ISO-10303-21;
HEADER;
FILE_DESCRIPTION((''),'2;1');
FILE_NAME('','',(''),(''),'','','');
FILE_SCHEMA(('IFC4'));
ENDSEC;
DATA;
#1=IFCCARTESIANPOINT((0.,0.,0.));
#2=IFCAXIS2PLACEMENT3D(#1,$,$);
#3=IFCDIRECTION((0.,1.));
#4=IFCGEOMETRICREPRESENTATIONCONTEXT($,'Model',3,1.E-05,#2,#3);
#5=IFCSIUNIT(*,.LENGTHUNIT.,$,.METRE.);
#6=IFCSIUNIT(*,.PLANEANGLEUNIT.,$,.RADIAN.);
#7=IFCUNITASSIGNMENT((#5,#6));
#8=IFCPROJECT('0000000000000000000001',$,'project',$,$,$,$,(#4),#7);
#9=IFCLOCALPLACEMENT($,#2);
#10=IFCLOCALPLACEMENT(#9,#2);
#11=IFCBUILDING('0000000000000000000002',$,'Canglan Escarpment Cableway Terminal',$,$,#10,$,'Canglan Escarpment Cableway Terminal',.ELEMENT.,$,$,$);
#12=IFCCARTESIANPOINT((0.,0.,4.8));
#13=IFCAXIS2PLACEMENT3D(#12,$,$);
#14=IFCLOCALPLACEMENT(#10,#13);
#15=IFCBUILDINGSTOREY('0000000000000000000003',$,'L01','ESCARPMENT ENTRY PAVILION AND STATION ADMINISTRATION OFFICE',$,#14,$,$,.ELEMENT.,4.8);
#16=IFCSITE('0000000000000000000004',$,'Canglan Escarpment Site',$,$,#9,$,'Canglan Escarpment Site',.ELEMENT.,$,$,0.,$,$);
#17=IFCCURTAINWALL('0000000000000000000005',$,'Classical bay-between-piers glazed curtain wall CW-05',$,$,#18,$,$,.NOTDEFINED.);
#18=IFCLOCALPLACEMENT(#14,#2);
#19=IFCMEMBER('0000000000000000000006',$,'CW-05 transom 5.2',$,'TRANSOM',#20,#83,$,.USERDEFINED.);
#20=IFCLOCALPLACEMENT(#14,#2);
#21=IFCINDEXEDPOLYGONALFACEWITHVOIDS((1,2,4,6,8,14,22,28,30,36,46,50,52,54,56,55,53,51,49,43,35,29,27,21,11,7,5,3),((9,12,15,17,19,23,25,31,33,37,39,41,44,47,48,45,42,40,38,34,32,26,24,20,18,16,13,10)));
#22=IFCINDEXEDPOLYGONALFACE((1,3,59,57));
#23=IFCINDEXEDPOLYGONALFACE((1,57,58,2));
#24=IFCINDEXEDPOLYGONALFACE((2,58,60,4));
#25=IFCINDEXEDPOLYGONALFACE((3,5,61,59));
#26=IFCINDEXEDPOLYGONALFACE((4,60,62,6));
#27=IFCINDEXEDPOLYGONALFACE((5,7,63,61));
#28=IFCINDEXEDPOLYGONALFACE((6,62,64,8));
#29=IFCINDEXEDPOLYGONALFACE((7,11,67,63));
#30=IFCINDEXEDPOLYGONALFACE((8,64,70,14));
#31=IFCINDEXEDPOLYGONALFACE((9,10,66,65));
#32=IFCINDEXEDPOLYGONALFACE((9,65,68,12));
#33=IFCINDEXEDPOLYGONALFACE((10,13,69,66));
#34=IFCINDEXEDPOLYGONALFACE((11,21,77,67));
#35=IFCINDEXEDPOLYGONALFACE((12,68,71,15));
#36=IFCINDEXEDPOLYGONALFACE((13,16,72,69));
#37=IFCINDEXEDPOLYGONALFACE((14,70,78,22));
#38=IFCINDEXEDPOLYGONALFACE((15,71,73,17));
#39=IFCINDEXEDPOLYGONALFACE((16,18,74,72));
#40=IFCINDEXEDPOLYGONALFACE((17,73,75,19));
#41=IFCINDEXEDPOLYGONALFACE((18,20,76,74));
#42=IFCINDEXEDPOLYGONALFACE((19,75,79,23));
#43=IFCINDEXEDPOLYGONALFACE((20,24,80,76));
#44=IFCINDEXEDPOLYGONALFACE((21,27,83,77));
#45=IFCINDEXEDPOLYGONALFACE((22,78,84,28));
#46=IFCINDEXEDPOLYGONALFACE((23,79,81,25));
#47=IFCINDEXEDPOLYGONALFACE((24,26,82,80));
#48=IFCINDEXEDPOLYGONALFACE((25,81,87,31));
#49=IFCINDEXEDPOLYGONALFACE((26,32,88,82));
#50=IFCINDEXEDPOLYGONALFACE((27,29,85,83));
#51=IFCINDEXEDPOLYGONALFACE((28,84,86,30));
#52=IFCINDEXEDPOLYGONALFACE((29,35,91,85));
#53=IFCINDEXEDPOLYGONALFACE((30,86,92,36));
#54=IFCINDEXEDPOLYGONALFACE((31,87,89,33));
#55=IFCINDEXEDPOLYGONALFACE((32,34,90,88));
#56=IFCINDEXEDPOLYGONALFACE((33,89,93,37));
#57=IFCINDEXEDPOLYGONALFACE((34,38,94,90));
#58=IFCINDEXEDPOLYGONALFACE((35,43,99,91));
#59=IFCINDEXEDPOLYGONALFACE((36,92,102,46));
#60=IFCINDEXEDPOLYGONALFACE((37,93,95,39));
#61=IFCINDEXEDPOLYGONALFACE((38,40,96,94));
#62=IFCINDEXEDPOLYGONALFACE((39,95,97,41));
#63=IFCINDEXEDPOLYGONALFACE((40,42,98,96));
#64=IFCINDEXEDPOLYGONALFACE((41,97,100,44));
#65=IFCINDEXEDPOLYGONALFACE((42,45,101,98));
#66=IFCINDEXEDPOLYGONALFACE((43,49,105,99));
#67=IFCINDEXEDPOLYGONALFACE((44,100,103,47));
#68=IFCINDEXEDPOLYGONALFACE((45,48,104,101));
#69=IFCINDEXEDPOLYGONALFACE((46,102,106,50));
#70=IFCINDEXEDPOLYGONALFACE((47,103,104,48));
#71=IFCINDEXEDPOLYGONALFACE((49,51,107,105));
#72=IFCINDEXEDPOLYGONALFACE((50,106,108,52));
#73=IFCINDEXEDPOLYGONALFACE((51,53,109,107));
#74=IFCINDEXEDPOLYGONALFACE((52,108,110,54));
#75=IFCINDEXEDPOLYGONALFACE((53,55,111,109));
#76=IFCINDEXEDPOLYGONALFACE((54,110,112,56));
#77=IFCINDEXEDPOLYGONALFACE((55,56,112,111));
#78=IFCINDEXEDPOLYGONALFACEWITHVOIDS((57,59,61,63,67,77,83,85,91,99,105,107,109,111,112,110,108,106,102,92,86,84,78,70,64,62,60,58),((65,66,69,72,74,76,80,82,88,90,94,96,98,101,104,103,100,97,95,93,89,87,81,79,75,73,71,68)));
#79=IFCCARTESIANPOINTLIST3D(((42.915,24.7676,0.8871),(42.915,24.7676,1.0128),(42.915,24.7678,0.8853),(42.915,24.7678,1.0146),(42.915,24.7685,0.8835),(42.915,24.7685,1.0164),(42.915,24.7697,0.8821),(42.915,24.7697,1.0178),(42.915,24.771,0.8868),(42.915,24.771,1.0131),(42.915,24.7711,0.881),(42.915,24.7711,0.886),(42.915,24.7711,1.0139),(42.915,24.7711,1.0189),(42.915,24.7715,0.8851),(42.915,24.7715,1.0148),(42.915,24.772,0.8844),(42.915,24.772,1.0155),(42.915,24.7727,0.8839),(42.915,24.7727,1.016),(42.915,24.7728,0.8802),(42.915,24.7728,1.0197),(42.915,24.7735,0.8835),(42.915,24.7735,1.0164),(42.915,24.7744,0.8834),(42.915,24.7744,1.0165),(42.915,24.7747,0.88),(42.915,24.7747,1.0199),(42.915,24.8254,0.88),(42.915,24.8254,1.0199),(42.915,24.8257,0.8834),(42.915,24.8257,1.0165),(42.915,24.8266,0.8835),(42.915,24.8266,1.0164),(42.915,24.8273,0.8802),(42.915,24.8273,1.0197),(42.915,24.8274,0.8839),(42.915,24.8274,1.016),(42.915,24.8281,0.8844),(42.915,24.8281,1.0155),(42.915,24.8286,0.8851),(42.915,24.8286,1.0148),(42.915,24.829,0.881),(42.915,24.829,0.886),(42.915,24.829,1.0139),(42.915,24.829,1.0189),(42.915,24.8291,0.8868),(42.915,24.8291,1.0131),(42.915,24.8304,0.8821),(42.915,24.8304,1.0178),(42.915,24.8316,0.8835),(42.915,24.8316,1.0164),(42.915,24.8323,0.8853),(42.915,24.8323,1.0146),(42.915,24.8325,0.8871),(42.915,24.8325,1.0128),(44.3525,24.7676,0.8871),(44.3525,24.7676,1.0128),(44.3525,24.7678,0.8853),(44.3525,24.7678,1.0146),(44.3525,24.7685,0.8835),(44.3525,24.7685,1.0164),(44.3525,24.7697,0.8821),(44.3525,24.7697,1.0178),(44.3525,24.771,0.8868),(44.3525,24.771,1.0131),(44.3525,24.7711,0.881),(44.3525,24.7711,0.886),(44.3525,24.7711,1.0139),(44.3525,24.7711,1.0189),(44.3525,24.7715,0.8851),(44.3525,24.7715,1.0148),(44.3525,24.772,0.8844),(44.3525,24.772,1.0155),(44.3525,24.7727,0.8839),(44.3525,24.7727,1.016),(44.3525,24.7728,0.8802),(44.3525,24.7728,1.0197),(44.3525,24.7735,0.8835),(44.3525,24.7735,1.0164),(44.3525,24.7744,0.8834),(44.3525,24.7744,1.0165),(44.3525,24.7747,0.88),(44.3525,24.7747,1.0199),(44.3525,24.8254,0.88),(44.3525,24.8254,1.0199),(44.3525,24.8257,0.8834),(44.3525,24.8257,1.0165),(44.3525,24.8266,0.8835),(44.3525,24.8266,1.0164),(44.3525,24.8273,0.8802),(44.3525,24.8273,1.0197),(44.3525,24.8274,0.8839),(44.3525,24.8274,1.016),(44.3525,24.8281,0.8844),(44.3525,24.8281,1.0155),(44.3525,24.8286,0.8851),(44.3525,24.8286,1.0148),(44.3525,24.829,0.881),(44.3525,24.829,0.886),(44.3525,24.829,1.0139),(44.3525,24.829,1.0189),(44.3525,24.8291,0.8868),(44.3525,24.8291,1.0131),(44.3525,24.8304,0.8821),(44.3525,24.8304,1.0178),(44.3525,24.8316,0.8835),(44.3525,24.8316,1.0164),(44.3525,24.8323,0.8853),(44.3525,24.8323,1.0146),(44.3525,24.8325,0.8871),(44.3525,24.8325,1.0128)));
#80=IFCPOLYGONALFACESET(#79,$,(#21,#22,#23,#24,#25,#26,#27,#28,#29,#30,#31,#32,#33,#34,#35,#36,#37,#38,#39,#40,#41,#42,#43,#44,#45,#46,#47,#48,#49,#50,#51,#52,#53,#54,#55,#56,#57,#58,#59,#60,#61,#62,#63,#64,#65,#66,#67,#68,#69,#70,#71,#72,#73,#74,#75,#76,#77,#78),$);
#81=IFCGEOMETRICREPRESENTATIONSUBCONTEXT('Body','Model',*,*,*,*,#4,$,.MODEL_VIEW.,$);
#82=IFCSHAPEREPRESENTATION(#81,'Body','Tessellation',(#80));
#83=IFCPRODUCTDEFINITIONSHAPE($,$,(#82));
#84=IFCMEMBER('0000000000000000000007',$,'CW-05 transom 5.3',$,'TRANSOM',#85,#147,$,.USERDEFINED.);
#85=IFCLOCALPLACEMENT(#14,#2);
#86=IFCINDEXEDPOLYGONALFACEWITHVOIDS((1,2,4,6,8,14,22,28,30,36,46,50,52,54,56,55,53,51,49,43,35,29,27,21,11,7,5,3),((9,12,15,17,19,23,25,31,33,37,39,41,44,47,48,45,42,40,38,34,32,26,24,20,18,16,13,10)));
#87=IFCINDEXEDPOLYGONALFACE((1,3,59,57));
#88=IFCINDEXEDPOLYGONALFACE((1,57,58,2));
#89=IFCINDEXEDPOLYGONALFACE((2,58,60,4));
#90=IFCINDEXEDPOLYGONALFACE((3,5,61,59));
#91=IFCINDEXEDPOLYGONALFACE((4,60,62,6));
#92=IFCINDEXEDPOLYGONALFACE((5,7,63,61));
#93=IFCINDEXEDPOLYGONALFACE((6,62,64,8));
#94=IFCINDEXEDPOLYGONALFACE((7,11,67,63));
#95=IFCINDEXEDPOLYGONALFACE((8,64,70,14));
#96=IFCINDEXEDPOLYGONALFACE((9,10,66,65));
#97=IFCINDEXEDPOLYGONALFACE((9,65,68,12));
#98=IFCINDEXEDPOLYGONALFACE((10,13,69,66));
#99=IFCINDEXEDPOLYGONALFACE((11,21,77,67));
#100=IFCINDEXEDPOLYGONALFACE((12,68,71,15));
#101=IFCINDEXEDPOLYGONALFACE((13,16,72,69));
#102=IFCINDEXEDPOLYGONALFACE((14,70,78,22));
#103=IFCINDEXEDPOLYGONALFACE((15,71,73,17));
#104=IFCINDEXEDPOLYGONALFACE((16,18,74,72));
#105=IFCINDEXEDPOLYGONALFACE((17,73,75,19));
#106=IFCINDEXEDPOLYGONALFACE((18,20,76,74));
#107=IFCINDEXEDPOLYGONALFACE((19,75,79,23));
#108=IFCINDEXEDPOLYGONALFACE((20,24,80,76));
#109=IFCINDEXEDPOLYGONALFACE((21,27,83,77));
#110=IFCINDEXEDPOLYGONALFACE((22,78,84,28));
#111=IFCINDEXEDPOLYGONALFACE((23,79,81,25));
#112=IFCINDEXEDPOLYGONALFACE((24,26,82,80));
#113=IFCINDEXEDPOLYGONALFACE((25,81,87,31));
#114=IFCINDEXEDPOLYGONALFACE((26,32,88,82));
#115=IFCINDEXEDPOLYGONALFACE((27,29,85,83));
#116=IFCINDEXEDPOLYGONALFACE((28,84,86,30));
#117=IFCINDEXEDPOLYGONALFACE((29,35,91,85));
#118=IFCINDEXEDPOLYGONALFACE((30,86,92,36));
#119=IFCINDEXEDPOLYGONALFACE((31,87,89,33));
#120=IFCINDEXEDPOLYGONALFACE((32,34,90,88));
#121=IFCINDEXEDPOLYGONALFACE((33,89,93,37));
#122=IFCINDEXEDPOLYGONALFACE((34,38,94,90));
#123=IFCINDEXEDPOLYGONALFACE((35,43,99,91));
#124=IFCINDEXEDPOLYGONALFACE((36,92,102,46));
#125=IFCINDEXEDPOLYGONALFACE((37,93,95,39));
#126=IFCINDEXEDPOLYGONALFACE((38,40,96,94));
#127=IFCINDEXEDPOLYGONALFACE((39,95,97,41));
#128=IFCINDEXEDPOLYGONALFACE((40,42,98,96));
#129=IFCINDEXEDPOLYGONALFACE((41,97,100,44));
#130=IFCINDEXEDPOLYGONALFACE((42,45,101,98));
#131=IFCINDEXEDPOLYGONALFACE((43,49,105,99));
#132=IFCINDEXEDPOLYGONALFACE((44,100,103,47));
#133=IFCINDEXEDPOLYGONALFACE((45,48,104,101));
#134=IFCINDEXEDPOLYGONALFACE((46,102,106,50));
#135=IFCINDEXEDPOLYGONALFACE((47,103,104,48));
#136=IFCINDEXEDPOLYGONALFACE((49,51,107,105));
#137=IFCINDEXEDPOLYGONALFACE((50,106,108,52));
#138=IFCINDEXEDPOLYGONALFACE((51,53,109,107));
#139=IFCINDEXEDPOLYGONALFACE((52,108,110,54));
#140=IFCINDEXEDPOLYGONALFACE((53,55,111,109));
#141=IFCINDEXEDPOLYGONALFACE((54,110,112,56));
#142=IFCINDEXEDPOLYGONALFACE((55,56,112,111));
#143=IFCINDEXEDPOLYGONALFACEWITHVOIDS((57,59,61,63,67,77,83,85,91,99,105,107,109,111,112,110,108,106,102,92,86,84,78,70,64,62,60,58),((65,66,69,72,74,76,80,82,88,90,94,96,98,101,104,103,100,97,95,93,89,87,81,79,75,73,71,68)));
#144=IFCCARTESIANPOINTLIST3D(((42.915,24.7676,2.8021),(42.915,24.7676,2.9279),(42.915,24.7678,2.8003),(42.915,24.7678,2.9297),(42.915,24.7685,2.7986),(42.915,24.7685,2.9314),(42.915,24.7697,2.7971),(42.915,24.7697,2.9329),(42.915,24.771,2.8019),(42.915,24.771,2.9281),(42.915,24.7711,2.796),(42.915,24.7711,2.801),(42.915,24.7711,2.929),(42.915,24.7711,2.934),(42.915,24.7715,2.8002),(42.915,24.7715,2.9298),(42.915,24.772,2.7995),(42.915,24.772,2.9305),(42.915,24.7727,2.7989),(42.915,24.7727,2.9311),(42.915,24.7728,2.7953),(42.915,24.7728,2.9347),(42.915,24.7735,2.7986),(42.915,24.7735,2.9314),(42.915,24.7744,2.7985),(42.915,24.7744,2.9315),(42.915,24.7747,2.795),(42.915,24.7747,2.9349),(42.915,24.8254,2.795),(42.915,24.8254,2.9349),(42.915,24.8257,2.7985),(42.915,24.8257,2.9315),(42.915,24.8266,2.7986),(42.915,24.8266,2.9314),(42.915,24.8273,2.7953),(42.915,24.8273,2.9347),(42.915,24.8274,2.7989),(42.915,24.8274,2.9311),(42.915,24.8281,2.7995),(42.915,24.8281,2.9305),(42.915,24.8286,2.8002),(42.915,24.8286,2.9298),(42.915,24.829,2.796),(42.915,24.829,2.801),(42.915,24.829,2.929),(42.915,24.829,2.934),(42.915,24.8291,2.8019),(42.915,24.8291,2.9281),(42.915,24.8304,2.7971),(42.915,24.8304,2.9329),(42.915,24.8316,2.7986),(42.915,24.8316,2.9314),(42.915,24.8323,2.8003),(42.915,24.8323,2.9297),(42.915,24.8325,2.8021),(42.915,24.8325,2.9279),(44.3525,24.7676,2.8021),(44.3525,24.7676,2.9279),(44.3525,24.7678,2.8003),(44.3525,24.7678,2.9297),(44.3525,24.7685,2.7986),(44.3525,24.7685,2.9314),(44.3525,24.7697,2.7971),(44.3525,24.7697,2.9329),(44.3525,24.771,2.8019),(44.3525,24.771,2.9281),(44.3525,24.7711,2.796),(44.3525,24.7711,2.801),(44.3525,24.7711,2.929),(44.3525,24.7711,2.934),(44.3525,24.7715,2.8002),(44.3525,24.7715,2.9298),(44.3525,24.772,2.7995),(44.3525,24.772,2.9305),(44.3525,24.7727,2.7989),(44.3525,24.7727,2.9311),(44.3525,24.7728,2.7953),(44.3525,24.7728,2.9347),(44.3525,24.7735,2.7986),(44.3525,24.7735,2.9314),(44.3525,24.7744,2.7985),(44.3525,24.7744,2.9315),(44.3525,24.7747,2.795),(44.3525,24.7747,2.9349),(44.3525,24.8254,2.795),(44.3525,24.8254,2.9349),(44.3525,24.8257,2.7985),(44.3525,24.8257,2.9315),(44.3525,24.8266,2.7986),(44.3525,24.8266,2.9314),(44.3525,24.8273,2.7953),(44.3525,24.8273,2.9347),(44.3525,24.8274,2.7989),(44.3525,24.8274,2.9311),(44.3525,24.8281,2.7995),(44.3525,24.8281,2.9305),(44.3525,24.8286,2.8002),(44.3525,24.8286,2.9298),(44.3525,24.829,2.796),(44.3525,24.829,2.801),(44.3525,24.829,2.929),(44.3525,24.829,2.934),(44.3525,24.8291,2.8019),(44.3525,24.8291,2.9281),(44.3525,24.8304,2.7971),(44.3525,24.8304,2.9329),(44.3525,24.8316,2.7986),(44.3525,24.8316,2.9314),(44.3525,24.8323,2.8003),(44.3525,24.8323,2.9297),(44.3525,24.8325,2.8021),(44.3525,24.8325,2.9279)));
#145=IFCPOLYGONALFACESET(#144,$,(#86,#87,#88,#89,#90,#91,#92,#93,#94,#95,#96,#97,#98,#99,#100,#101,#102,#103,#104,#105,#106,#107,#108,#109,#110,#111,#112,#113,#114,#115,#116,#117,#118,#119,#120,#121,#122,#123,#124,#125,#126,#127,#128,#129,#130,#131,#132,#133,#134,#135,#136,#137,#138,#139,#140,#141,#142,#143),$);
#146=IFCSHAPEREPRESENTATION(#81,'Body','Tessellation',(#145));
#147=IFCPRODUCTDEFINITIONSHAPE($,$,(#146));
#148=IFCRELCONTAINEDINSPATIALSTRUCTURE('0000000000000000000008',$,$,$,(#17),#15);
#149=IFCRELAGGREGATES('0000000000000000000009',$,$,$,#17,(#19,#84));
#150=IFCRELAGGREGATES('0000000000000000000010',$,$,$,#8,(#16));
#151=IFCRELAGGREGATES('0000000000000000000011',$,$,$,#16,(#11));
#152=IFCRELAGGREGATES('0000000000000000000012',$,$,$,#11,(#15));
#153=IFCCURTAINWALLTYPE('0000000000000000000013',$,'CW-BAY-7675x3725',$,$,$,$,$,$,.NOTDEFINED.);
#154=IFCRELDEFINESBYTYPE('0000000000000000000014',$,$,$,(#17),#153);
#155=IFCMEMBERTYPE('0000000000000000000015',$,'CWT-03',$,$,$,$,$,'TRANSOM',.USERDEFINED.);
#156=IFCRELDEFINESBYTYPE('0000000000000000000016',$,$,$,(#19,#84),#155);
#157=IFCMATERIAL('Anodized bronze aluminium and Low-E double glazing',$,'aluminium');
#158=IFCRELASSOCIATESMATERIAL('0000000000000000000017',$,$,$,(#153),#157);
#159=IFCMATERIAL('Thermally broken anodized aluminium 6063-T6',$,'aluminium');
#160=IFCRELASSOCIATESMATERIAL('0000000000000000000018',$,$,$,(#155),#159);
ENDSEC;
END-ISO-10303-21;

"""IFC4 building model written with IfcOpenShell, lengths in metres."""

from ifc_helpers import new_model, si_unit, direction, frame, origin, origin_2d, place, context, subcontext, project, spatial, hollow_rectangle, extrude, material, material_profile, profile_set, type_object, element, aggregate, save


model = new_model("IFC4")

# Units and contexts
model_context = context("Model", 3, precision=1e-05, world=origin(), true_north=direction((0.0, 1.0)))
body_context = subcontext(model_context, "Body", "Model", "MODEL_VIEW")
ifc_project = project(units=[si_unit("LENGTHUNIT", "METRE"), si_unit("PLANEANGLEUNIT", "RADIAN")], contexts=[model_context])

# Site, building, storey
site_placement = place(None, origin())
site = spatial("IfcSite", under=ifc_project, at=site_placement, Name="Canglan Escarpment Site", LongName="Canglan Escarpment Site", CompositionType="ELEMENT", RefElevation=0.0)
building_placement = place(site_placement, origin())
building = spatial("IfcBuilding", under=site, at=building_placement, Name="Canglan Escarpment Cableway Terminal", LongName="Canglan Escarpment Cableway Terminal", CompositionType="ELEMENT")
storey_placement = place(building_placement, frame((0.0, 0.0, 4.8)))
storey = spatial("IfcBuildingStorey", under=building, at=storey_placement, Name="L01", Description="ESCARPMENT ENTRY PAVILION AND STATION ADMINISTRATION OFFICE", CompositionType="ELEMENT", Elevation=4.8)

# Curtain wall, members
ifc_material_1 = material(Name="Anodized bronze aluminium and Low-E double glazing", Category="aluminium")
curtain_wall_type = type_object("IfcCurtainWallType", Name="CW-BAY-7675x3725", PredefinedType="NOTDEFINED", material=ifc_material_1)
curtain_wall_placement = place(storey_placement, origin())
curtain_wall = element("IfcCurtainWall", 1, at=curtain_wall_placement, inside=storey, type_object=curtain_wall_type, Name="Classical bay-between-piers glazed curtain wall CW-05", PredefinedType="NOTDEFINED")
ifc_material_2 = material(Name="Thermally broken anodized aluminium 6063-T6", Category="aluminium")
ifc_material_profile_1 = material_profile(ifc_material_2, hollow_rectangle(XDim=0.0649, YDim=0.1399, WallThickness=0.0034, InnerFilletRadius=0.0034, OuterFilletRadius=0.0071, at=origin_2d()), Name="ALU-TRAN 65x140x3.5")
ifc_profile_set_1 = profile_set([ifc_material_profile_1], Name="Thermally broken anodized aluminium 6063-T6")
member_type_1 = type_object("IfcMemberType", Name="CWT-03", ElementType="TRANSOM", PredefinedType="USERDEFINED", material=ifc_profile_set_1)
member_1_placement = place(storey_placement, frame((44.3525, 24.8, 0.95), z_axis=(-1.0, 0.0, 0.0), x_axis=(0.0, -1.0, 0.0)))
member_1 = element("IfcMember", 2, at=member_1_placement, type_object=member_type_1, Name="CW-05 transom 5.2", ObjectType="TRANSOM", PredefinedType="USERDEFINED", context=body_context, shape_type="SweptSolid", body=[
    extrude(hollow_rectangle(XDim=0.0649, YDim=0.1399, WallThickness=0.0034, InnerFilletRadius=0.0034, OuterFilletRadius=0.0071, at=origin_2d()), origin(), (0.0, 0.0, 1.0), 1.4375),
])
member_2_placement = place(storey_placement, frame((44.3525, 24.8, 2.865), z_axis=(-1.0, 0.0, 0.0), x_axis=(0.0, -1.0, 0.0)))
member_2 = element("IfcMember", 3, at=member_2_placement, type_object=member_type_1, Name="CW-05 transom 5.3", ObjectType="TRANSOM", PredefinedType="USERDEFINED", context=body_context, shape_type="SweptSolid", body=[
    extrude(hollow_rectangle(XDim=0.0649, YDim=0.1399, WallThickness=0.0034, InnerFilletRadius=0.0034, OuterFilletRadius=0.0071, at=origin_2d()), origin(), (0.0, 0.0, 1.0), 1.4375),
])
aggregate(curtain_wall, [member_1, member_2])

save(model, "model.ifc")
